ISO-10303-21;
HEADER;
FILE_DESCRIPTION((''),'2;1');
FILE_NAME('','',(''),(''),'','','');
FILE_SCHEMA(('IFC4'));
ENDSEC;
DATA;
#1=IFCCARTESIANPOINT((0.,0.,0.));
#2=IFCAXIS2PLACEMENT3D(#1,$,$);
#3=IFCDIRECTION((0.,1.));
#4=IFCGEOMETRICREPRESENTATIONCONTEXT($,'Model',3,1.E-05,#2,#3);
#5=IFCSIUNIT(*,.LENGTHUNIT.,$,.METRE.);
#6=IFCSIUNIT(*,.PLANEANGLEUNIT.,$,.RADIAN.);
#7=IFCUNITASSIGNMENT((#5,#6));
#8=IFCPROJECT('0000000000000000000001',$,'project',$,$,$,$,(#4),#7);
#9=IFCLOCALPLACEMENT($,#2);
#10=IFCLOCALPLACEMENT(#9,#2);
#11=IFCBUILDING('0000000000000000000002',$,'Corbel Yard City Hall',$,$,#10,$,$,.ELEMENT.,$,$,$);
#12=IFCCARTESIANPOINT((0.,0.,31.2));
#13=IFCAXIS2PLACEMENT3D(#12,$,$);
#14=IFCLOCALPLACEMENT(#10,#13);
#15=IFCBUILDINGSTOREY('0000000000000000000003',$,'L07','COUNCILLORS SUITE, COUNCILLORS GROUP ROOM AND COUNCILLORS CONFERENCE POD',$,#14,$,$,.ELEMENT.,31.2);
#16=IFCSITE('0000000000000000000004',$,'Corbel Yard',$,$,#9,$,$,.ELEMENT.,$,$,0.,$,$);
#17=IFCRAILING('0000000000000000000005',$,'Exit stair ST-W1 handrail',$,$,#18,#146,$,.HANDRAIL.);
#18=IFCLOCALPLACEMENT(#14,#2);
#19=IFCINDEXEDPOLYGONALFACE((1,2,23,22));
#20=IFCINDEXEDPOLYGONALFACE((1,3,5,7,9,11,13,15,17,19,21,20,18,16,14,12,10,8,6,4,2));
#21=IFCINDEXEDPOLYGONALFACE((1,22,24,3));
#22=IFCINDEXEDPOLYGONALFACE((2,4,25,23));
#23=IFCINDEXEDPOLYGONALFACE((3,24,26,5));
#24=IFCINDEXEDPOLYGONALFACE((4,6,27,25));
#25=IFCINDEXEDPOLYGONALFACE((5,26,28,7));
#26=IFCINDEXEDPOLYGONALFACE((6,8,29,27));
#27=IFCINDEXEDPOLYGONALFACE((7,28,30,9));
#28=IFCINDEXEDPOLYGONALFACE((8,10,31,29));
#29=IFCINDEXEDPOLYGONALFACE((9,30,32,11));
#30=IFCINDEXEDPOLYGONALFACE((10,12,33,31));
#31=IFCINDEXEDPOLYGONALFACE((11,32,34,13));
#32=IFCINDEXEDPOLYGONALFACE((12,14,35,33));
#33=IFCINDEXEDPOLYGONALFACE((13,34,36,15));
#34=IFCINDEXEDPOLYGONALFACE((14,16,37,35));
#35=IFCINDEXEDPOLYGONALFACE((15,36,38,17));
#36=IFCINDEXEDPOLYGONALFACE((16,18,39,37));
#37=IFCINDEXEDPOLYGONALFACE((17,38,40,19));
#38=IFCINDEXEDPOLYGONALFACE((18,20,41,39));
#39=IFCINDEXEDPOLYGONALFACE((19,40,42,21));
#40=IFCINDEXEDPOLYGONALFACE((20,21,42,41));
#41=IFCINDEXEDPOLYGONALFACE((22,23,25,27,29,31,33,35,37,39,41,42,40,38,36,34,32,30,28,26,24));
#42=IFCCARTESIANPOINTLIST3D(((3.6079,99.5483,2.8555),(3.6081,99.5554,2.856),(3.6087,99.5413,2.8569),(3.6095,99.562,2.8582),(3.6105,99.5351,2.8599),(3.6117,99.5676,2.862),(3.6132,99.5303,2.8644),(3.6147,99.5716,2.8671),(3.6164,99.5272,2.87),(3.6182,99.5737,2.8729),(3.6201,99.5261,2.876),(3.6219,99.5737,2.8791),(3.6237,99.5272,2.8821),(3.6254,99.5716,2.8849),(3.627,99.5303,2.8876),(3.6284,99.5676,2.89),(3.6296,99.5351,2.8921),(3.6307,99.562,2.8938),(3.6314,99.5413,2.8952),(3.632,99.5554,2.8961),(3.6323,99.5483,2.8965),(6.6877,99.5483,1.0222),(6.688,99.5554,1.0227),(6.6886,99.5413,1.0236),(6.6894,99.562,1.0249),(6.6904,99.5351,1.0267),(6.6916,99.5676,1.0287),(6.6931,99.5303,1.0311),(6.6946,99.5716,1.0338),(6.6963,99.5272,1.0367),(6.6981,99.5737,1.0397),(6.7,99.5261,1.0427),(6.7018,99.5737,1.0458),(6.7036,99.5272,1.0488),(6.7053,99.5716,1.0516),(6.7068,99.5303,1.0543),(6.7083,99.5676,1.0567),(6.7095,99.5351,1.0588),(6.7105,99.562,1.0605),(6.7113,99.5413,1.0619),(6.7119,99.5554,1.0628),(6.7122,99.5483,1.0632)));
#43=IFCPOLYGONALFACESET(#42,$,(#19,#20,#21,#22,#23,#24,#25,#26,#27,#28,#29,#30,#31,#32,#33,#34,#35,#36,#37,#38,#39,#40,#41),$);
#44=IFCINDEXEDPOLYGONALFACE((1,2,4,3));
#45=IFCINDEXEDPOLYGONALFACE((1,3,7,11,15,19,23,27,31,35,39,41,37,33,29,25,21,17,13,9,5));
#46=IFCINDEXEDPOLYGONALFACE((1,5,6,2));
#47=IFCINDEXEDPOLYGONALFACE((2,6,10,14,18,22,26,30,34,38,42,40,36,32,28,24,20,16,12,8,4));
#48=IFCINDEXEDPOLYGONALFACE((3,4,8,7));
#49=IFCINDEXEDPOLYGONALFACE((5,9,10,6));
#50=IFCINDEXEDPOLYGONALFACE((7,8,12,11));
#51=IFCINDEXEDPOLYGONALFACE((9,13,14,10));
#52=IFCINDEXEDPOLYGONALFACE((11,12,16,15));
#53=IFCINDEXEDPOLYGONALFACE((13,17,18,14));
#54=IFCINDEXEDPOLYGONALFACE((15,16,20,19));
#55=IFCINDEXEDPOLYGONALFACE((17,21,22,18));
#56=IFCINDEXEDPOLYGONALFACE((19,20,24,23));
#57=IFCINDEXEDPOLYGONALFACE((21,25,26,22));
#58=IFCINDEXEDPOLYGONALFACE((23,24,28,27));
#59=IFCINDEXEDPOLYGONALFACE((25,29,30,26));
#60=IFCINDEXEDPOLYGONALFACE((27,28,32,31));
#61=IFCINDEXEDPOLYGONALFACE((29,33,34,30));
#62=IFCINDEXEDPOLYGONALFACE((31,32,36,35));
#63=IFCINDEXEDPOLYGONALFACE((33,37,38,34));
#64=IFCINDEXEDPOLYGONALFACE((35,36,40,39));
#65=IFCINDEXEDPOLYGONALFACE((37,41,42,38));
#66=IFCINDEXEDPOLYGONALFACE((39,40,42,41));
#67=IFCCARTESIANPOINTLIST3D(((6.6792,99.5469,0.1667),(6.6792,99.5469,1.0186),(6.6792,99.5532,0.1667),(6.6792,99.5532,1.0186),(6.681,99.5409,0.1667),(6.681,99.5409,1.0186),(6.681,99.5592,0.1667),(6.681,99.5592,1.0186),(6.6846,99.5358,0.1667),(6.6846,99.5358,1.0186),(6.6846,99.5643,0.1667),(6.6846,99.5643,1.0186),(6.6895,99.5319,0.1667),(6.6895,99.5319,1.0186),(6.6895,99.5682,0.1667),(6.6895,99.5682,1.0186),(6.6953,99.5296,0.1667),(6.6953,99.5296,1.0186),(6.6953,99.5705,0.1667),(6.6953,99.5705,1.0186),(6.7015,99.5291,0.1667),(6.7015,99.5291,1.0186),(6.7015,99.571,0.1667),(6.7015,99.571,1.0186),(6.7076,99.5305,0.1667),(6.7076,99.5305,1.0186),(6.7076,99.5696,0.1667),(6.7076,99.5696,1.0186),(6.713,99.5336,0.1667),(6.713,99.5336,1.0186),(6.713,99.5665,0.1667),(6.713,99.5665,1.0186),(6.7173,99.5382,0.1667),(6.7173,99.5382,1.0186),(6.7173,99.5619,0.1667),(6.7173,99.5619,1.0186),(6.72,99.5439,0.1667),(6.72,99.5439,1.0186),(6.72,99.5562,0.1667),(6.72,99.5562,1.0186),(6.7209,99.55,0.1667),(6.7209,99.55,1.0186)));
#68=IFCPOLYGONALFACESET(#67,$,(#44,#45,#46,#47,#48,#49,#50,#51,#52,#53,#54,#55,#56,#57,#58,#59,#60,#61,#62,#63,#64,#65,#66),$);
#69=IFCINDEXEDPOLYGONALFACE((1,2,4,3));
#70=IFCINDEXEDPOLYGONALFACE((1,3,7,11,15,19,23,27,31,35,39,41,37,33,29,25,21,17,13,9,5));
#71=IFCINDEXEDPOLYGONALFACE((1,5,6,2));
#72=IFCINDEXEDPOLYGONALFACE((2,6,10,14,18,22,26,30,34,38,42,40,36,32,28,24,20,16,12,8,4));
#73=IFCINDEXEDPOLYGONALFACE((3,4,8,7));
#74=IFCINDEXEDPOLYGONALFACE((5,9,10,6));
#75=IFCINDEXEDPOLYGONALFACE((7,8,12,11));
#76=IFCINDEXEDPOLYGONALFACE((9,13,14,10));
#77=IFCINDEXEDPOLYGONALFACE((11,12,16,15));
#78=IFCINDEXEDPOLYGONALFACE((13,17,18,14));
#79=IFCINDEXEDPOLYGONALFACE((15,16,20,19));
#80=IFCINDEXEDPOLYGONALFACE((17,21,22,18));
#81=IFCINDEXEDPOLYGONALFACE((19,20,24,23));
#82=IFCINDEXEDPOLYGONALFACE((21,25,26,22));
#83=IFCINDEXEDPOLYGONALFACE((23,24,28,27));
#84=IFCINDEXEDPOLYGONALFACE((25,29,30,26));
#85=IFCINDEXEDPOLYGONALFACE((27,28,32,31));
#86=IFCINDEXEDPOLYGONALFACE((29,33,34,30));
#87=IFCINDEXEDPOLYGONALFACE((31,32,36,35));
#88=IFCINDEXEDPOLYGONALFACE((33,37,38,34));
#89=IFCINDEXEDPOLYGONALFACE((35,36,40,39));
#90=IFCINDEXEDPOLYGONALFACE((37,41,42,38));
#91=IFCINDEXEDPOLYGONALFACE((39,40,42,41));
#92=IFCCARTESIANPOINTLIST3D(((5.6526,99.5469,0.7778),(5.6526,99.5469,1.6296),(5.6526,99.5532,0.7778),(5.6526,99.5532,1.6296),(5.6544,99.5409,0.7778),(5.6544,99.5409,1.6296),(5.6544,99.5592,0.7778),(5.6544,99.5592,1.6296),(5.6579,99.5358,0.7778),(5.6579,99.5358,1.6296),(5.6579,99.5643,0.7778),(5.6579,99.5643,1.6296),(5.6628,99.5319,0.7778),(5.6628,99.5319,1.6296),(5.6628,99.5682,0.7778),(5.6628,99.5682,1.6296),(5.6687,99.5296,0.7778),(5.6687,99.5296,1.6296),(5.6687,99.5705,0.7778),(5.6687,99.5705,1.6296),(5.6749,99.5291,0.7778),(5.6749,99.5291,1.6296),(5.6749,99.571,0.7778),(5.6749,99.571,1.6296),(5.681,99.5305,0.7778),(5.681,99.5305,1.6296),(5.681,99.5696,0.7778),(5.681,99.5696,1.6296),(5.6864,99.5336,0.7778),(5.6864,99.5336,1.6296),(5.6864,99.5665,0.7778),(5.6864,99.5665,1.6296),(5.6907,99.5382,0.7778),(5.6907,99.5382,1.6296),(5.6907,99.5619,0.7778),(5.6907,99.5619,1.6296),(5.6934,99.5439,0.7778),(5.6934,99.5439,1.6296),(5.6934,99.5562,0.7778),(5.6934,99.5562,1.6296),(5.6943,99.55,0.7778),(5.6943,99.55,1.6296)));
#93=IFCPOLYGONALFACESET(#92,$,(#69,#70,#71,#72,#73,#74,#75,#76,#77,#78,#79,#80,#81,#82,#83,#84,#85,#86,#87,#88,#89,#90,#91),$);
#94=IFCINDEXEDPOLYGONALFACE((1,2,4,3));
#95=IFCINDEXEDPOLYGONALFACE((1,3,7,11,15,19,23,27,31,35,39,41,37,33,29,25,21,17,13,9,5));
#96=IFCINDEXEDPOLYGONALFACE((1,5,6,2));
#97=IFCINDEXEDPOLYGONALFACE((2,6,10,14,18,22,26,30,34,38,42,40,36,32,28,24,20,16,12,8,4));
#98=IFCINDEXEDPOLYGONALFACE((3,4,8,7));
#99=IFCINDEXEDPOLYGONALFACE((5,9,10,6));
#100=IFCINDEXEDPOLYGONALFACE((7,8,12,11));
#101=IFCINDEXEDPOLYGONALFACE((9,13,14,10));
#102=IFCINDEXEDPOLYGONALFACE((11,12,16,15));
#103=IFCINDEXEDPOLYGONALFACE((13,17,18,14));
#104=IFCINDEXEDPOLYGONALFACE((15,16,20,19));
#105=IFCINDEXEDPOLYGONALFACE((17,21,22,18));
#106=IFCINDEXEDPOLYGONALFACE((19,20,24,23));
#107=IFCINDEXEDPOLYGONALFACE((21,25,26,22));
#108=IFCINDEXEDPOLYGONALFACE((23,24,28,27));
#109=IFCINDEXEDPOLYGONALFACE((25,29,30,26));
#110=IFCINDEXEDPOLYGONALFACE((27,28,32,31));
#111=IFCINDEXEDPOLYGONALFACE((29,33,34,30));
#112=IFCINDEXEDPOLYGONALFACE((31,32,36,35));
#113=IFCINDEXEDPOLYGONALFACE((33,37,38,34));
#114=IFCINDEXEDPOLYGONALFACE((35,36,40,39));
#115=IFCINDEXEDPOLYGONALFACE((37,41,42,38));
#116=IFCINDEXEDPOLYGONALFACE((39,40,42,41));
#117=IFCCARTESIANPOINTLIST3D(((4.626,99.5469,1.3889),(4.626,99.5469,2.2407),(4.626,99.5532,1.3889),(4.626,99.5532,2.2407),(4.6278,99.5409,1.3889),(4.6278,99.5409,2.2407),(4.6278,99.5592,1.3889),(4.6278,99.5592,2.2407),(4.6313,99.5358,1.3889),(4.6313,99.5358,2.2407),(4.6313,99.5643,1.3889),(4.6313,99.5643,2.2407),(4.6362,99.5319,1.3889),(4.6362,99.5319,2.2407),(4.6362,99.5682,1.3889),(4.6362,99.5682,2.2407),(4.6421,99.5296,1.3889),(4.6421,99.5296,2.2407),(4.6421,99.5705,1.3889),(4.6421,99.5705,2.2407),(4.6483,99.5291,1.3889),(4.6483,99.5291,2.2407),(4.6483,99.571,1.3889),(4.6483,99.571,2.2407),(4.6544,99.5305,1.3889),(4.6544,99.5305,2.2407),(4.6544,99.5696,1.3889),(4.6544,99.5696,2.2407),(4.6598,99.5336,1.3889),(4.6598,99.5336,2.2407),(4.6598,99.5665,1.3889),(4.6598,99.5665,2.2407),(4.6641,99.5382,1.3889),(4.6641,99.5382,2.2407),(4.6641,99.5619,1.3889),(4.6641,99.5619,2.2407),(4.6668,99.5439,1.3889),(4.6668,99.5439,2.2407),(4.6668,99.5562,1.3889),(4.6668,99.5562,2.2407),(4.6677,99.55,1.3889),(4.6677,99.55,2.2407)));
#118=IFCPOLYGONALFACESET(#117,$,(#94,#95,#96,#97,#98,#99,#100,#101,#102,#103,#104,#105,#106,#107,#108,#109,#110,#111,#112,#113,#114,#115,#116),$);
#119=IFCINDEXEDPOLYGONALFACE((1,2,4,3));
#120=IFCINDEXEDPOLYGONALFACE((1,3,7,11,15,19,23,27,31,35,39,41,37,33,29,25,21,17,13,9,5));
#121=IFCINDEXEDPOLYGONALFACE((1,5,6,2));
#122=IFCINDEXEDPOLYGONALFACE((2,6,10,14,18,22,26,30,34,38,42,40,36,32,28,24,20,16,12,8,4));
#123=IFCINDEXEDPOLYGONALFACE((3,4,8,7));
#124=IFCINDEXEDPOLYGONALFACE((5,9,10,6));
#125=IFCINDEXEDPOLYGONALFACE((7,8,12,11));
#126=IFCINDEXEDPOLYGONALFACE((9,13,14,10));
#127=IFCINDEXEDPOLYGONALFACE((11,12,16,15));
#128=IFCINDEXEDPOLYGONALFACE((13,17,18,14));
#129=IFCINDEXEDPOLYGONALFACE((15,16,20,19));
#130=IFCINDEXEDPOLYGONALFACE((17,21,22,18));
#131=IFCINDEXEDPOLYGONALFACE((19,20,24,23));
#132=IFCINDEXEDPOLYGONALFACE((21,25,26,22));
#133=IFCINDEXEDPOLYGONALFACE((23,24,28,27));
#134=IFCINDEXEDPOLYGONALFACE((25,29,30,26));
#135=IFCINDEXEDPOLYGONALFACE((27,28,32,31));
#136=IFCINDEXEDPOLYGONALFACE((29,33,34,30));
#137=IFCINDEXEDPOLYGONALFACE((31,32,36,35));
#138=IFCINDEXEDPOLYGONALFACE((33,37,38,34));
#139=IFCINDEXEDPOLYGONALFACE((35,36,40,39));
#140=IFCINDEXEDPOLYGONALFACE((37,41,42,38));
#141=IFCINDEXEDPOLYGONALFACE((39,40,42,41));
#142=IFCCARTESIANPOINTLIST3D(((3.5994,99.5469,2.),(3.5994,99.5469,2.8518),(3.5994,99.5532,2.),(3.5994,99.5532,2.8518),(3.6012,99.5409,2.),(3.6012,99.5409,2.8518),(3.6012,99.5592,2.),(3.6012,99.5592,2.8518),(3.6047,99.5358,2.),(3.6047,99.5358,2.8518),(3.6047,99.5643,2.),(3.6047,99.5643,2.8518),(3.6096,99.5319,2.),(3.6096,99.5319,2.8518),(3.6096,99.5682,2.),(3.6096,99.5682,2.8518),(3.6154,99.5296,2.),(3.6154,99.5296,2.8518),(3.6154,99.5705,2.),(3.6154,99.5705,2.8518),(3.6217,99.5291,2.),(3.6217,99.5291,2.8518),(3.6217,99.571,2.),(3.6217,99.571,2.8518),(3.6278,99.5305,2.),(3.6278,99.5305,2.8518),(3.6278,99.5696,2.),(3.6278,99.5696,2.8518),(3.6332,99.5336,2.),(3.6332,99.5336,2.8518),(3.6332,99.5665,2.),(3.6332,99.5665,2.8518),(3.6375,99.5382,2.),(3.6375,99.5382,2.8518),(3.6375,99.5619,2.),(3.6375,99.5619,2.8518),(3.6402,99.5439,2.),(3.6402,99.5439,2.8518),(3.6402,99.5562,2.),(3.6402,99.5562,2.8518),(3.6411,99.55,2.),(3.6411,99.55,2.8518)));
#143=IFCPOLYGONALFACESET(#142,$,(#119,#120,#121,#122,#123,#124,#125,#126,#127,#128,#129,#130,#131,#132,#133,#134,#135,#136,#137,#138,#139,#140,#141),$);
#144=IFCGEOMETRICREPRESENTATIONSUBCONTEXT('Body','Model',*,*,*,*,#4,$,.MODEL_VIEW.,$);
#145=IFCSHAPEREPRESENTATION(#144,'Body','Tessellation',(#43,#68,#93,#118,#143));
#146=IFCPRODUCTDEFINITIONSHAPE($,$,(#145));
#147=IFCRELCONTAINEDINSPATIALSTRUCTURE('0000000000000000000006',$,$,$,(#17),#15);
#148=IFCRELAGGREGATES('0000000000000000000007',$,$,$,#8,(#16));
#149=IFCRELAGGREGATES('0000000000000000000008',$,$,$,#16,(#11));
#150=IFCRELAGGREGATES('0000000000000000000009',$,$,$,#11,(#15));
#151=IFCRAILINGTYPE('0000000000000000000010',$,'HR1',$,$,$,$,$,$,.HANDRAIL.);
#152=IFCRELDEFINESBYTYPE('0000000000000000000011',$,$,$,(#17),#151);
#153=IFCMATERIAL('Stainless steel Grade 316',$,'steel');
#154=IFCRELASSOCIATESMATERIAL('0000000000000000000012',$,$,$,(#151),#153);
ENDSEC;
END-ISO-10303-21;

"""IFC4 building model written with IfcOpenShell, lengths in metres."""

from ifc_helpers import new_model, si_unit, direction, frame, origin, origin_2d, place, context, subcontext, project, spatial, circle, extrude, material, type_object, element, save


model = new_model("IFC4")

# Units and contexts
model_context = context("Model", 3, precision=1e-05, world=origin(), true_north=direction((0.0, 1.0)))
body_context = subcontext(model_context, "Body", "Model", "MODEL_VIEW")
ifc_project = project(units=[si_unit("LENGTHUNIT", "METRE"), si_unit("PLANEANGLEUNIT", "RADIAN")], contexts=[model_context])

# Site, building, storey
site_placement = place(None, origin())
site = spatial("IfcSite", under=ifc_project, at=site_placement, Name="Corbel Yard", CompositionType="ELEMENT", RefElevation=0.0)
building_placement = place(site_placement, origin())
building = spatial("IfcBuilding", under=site, at=building_placement, Name="Corbel Yard City Hall", CompositionType="ELEMENT")
storey_placement = place(building_placement, frame((0.0, 0.0, 31.2)))
storey = spatial("IfcBuildingStorey", under=building, at=storey_placement, Name="L07", Description="COUNCILLORS SUITE, COUNCILLORS GROUP ROOM AND COUNCILLORS CONFERENCE POD", CompositionType="ELEMENT", Elevation=31.2)

# Shared definitions
ifc_material_1 = material(Name="Stainless steel Grade 316", Category="steel")

# Railing
railing_type = type_object("IfcRailingType", Name="HR1", PredefinedType="HANDRAIL", material=ifc_material_1)
for number, where, name in (
    (1, (6.7, 99.55, 0.1667), "Exit stair ST-W1 handrail"),
):
    element("IfcRailing", number, at=place(storey_placement, frame(where)), inside=storey, type_object=railing_type, Name=name, PredefinedType="HANDRAIL", context=body_context, shape_type="SweptSolid", body=[
        extrude(circle(Radius=0.0239, at=origin_2d()), frame((0.0, 0.0, 0.876), z_axis=(-0.859291, 0.0, 0.511487), x_axis=(0.0, -1.0, 0.0)), (0.0, 0.0, 1.0), 3.5842),
        extrude(circle(Radius=0.021, at=origin_2d()), origin(), (0.0, 0.0, 1.0), 0.8518),
        extrude(circle(Radius=0.021, at=origin_2d()), frame((-1.0266, 0.0, 0.6111)), (0.0, 0.0, 1.0), 0.8518),
        extrude(circle(Radius=0.021, at=origin_2d()), frame((-2.0532, 0.0, 1.2222)), (0.0, 0.0, 1.0), 0.8518),
        extrude(circle(Radius=0.021, at=origin_2d()), frame((-3.0798, 0.0, 1.8333)), (0.0, 0.0, 1.0), 0.8518),
    ])

save(model, "model.ifc")
